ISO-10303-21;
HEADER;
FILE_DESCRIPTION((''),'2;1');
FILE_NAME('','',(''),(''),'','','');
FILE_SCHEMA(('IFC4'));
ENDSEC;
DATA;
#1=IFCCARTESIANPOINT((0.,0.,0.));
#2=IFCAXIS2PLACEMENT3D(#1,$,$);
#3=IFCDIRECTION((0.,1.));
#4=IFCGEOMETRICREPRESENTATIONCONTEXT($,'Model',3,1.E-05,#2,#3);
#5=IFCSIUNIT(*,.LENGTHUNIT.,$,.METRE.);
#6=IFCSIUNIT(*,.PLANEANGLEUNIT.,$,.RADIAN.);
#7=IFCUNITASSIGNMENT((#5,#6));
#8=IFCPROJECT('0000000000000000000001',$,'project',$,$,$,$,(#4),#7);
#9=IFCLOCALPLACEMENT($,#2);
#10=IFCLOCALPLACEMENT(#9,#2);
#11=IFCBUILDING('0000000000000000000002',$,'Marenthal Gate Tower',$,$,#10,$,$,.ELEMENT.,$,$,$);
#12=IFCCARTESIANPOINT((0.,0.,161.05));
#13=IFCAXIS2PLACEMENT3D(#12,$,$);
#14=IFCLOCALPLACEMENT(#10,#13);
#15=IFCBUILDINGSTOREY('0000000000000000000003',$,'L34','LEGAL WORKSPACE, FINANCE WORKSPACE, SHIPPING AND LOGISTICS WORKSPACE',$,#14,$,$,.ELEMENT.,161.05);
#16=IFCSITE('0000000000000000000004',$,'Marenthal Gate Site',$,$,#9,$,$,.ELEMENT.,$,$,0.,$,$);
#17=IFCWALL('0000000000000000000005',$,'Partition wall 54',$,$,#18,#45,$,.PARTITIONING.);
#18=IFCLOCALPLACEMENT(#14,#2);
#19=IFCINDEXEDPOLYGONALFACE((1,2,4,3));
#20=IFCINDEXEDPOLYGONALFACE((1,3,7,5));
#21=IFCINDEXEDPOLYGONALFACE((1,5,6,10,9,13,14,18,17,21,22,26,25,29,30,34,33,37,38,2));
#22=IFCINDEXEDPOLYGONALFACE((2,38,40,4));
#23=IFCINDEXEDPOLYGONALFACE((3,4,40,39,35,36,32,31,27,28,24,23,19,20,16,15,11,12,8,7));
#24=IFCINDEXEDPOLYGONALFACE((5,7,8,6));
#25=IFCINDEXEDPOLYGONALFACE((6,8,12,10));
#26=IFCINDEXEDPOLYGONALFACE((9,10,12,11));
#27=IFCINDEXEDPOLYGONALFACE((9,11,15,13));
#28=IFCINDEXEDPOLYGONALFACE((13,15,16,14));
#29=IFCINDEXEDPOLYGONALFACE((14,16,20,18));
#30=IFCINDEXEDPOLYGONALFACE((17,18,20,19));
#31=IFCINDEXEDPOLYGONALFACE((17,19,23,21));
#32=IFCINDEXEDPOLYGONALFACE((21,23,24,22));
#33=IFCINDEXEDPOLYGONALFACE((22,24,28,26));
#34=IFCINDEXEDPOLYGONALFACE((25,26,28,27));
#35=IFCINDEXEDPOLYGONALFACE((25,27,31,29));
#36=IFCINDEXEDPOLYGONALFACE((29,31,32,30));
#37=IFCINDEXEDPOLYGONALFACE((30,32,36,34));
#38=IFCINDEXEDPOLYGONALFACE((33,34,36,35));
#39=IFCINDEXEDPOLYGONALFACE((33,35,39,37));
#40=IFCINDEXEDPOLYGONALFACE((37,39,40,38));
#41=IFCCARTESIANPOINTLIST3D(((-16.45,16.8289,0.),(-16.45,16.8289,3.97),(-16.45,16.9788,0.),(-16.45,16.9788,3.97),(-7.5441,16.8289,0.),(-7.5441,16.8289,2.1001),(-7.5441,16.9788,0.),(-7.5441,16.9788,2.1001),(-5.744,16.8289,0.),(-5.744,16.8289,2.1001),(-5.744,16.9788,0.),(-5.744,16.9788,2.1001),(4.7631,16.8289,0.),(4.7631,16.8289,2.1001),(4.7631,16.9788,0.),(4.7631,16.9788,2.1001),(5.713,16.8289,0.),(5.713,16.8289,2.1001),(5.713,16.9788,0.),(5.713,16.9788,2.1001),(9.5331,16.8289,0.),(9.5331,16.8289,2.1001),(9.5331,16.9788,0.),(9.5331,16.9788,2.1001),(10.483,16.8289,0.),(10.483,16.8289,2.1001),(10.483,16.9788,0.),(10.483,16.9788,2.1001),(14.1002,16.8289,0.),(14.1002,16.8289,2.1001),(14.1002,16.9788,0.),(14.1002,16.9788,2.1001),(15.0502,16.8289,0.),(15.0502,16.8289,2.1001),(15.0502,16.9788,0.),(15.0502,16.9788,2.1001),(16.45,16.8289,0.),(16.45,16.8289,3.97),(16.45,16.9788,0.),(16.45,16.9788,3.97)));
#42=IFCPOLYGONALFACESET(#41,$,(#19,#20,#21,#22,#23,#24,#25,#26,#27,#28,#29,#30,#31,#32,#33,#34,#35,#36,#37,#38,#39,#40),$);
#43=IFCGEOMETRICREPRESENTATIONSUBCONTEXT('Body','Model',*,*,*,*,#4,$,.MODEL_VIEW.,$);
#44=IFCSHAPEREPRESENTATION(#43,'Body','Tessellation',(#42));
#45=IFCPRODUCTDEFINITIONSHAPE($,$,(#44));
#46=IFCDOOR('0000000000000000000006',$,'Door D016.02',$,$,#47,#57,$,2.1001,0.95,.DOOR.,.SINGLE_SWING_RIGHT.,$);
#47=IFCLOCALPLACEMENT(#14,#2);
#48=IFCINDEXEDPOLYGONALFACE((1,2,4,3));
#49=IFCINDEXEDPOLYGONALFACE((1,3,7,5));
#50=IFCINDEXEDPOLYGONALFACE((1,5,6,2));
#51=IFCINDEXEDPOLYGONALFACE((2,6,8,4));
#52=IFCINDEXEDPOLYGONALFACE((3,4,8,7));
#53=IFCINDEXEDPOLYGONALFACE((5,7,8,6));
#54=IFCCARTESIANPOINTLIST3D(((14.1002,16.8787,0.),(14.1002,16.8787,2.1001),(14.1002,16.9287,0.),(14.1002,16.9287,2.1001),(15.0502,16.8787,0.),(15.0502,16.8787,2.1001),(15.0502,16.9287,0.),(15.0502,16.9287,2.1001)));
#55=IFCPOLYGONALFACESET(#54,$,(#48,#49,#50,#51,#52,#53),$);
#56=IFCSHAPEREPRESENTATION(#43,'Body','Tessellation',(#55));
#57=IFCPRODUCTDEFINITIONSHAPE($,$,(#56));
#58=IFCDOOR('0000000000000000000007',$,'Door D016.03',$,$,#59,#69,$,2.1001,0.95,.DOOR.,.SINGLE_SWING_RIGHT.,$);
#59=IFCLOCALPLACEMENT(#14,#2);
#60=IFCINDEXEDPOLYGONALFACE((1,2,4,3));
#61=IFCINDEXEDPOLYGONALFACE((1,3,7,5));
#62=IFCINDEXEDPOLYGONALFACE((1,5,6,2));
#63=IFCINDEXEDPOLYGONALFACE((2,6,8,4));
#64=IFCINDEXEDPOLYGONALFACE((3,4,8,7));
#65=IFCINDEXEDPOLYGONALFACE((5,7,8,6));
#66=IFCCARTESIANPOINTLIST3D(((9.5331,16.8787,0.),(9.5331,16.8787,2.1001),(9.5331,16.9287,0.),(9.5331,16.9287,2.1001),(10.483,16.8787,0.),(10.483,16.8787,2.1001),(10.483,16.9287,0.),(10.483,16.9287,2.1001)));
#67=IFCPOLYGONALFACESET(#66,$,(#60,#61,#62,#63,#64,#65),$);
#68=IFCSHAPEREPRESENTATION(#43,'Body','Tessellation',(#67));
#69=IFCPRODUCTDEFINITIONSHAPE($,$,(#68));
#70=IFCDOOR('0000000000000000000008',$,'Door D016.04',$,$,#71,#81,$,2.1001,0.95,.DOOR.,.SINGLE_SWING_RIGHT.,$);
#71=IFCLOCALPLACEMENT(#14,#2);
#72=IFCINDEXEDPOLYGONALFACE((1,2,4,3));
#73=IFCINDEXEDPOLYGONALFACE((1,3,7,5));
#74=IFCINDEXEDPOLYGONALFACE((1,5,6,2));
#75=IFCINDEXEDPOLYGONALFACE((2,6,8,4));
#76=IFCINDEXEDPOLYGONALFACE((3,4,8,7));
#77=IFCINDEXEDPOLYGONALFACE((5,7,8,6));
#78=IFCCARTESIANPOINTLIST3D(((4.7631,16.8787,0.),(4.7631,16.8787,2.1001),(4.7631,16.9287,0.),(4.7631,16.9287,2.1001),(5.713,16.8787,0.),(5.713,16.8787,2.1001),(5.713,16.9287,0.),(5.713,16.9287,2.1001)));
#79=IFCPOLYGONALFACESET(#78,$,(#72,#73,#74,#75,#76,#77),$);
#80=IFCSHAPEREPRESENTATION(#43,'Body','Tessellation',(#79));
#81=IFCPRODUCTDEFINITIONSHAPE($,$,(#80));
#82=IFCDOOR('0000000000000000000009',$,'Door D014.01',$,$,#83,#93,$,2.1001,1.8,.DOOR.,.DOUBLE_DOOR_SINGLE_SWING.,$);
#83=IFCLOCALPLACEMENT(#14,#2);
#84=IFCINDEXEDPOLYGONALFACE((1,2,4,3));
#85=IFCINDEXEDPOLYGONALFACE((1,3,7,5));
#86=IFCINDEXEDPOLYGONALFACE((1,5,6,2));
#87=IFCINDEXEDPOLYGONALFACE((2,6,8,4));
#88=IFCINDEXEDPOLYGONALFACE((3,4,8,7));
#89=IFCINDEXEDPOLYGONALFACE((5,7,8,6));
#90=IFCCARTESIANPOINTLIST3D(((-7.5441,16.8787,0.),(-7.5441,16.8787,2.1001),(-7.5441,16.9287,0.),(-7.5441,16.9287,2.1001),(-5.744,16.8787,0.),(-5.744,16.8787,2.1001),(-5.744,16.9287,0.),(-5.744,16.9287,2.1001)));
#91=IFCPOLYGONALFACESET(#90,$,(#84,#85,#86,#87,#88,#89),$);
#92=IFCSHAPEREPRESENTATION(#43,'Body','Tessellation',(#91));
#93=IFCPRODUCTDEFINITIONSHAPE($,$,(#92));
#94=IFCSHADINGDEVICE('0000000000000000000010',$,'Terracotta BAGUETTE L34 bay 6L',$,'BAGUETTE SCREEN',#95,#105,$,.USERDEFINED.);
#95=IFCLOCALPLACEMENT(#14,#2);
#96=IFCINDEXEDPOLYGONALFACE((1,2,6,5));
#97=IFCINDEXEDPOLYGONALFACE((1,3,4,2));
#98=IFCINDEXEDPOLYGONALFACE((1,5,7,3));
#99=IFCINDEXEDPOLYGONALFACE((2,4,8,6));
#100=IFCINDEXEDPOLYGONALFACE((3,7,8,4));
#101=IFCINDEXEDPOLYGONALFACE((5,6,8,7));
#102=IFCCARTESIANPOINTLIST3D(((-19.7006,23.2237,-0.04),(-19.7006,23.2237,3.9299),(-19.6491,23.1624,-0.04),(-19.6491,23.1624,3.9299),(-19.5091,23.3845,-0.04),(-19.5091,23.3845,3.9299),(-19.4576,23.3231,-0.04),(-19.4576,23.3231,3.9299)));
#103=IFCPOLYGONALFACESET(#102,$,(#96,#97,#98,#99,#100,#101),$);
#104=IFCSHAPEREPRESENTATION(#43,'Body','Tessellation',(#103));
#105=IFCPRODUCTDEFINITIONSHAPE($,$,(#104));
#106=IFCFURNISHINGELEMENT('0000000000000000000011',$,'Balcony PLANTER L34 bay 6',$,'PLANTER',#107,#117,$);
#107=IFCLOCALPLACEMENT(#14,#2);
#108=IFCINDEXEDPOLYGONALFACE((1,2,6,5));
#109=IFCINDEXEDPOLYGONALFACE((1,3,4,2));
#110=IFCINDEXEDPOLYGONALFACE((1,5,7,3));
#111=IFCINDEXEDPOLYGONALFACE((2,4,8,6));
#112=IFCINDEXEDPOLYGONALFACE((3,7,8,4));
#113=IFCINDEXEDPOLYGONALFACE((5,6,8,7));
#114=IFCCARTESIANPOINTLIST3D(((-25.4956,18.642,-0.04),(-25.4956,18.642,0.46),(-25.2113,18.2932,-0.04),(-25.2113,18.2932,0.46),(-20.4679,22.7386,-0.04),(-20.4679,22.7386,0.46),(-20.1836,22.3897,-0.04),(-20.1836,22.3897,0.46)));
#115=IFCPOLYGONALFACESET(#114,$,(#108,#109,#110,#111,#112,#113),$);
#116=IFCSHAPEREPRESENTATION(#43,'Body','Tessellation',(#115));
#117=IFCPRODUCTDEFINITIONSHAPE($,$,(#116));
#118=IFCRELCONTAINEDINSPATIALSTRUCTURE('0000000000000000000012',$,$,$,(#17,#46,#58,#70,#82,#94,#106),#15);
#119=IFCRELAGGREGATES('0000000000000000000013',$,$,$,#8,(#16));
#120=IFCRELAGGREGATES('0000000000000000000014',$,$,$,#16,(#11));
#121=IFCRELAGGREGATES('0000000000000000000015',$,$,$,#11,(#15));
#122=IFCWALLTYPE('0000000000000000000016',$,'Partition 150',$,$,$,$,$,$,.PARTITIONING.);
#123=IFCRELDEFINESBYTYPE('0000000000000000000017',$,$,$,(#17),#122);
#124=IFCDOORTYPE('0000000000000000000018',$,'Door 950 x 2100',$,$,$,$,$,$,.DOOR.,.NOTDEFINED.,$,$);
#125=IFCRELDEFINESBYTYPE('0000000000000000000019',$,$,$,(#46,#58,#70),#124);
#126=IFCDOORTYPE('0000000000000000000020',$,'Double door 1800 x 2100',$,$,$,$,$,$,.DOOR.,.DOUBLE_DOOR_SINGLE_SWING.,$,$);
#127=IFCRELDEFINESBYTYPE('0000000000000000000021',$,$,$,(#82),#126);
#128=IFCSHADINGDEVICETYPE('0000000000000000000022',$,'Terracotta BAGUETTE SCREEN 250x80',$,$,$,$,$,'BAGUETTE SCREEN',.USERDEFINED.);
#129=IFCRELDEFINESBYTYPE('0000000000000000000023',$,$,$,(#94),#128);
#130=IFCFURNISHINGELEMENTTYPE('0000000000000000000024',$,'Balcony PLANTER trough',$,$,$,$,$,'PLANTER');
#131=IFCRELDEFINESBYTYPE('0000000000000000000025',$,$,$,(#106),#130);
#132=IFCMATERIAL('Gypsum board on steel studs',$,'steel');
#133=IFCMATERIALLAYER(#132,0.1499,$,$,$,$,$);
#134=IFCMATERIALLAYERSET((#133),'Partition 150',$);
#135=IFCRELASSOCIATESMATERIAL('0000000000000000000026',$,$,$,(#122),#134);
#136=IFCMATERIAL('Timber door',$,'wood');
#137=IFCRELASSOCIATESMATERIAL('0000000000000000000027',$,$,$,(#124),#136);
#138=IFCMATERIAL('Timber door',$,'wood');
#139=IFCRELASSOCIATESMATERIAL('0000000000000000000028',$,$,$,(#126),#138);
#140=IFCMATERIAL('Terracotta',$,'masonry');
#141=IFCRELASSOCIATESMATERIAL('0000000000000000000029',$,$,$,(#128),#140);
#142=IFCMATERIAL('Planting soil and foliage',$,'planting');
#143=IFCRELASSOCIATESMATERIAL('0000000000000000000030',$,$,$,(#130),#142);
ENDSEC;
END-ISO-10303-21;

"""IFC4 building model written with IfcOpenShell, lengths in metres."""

from ifc_helpers import new_model, si_unit, direction, frame, frame_2d, origin, origin_2d, place, context, subcontext, project, spatial, rectangle, extrude, material, layer, layer_set, material_profile, profile_set, type_object, element, fill, save


model = new_model("IFC4")

# Units and contexts
model_context = context("Model", 3, precision=1e-05, world=origin(), true_north=direction((0.0, 1.0)))
body_context = subcontext(model_context, "Body", "Model", "MODEL_VIEW")
ifc_project = project(units=[si_unit("LENGTHUNIT", "METRE"), si_unit("PLANEANGLEUNIT", "RADIAN")], contexts=[model_context])

# Site, building, storey
site_placement = place(None, origin())
site = spatial("IfcSite", under=ifc_project, at=site_placement, Name="Marenthal Gate Site", CompositionType="ELEMENT", RefElevation=0.0)
building_placement = place(site_placement, origin())
building = spatial("IfcBuilding", under=site, at=building_placement, Name="Marenthal Gate Tower", CompositionType="ELEMENT")
storey_placement = place(building_placement, frame((0.0, 0.0, 161.05)))
storey = spatial("IfcBuildingStorey", under=building, at=storey_placement, Name="L34", Description="LEGAL WORKSPACE, FINANCE WORKSPACE, SHIPPING AND LOGISTICS WORKSPACE", CompositionType="ELEMENT", Elevation=161.05)

# Shared definitions
ifc_material_1 = material(Name="Gypsum board on steel studs", Category="steel")
ifc_layer_1 = layer(ifc_material_1, 0.1499)
ifc_layer_set_1 = layer_set([ifc_layer_1], Name="Partition 150")
wall_type_1 = type_object("IfcWallType", Name="Partition 150", PredefinedType="PARTITIONING", material=ifc_layer_set_1)

# Wall, openings, doors
wall_1_placement = place(storey_placement, frame((-16.45, 16.9038, 0.0), z_axis=(0.0, 0.0, 1.0), x_axis=(1.0, 0.0, 0.0)))
wall_1 = element("IfcWall", 1, at=wall_1_placement, inside=storey, type_object=wall_type_1, Name="Partition wall 54", PredefinedType="PARTITIONING", context=body_context, shape_type="SweptSolid", body=[
    extrude(rectangle(XDim=32.8999, YDim=0.1499, at=frame_2d((16.45, 0.0))), origin(), (0.0, 0.0, 1.0), 3.97),
])
opening_1_placement = place(wall_1_placement, frame((30.55, 0.0, 0.0)))
opening_1 = element("IfcOpeningElement", 2, at=opening_1_placement, cuts=wall_1, PredefinedType="OPENING", context=body_context, shape_type="SweptSolid", body=[
    extrude(rectangle(XDim=0.95, YDim=2.1001, at=frame_2d((0.4751, 1.05))), frame((0.0, 0.085, 0.0), z_axis=(0.0, -1.0, 0.0), x_axis=(1.0, 0.0, 0.0)), (0.0, 0.0, 1.0), 0.1699),
])
opening_2_placement = place(wall_1_placement, frame((25.9829, 0.0, 0.0)))
opening_2 = element("IfcOpeningElement", 3, at=opening_2_placement, cuts=wall_1, PredefinedType="OPENING", context=body_context, shape_type="SweptSolid", body=[
    extrude(rectangle(XDim=0.95, YDim=2.1001, at=frame_2d((0.4751, 1.05))), frame((0.0, 0.085, 0.0), z_axis=(0.0, -1.0, 0.0), x_axis=(1.0, 0.0, 0.0)), (0.0, 0.0, 1.0), 0.1699),
])
opening_3_placement = place(wall_1_placement, frame((21.2129, 0.0, 0.0)))
opening_3 = element("IfcOpeningElement", 4, at=opening_3_placement, cuts=wall_1, PredefinedType="OPENING", context=body_context, shape_type="SweptSolid", body=[
    extrude(rectangle(XDim=0.95, YDim=2.1001, at=frame_2d((0.4751, 1.05))), frame((0.0, 0.085, 0.0), z_axis=(0.0, -1.0, 0.0), x_axis=(1.0, 0.0, 0.0)), (0.0, 0.0, 1.0), 0.1699),
])
opening_4_placement = place(wall_1_placement, frame((8.906, 0.0, 0.0)))
opening_4 = element("IfcOpeningElement", 5, at=opening_4_placement, cuts=wall_1, PredefinedType="OPENING", context=body_context, shape_type="SweptSolid", body=[
    extrude(rectangle(XDim=1.8, YDim=2.1001, at=frame_2d((0.8999, 1.05))), frame((0.0, 0.085, 0.0), z_axis=(0.0, -1.0, 0.0), x_axis=(1.0, 0.0, 0.0)), (0.0, 0.0, 1.0), 0.1699),
])
ifc_material_2 = material(Name="Timber door", Category="wood")
door_type_1 = type_object("IfcDoorType", Name="Door 950 x 2100", OperationType="NOTDEFINED", PredefinedType="DOOR", material=ifc_material_2)
door_1_placement = place(opening_1_placement, origin())
door_1 = element("IfcDoor", 6, at=door_1_placement, inside=storey, type_object=door_type_1, Name="Door D016.02", OperationType="SINGLE_SWING_RIGHT", OverallHeight=2.1001, OverallWidth=0.95, PredefinedType="DOOR", context=body_context, shape_type="SweptSolid", body=[
    extrude(rectangle(XDim=0.95, YDim=2.1001, at=frame_2d((0.4751, 1.05))), frame((0.0, 0.0249, 0.0), z_axis=(0.0, -1.0, 0.0), x_axis=(1.0, 0.0, 0.0)), (0.0, 0.0, 1.0), 0.05),
])
fill(opening_1, door_1)
door_2_placement = place(opening_2_placement, origin())
door_2 = element("IfcDoor", 7, at=door_2_placement, inside=storey, type_object=door_type_1, Name="Door D016.03", OperationType="SINGLE_SWING_RIGHT", OverallHeight=2.1001, OverallWidth=0.95, PredefinedType="DOOR", context=body_context, shape_type="SweptSolid", body=[
    extrude(rectangle(XDim=0.95, YDim=2.1001, at=frame_2d((0.4751, 1.05))), frame((0.0, 0.0249, 0.0), z_axis=(0.0, -1.0, 0.0), x_axis=(1.0, 0.0, 0.0)), (0.0, 0.0, 1.0), 0.05),
])
fill(opening_2, door_2)
door_3_placement = place(opening_3_placement, origin())
door_3 = element("IfcDoor", 8, at=door_3_placement, inside=storey, type_object=door_type_1, Name="Door D016.04", OperationType="SINGLE_SWING_RIGHT", OverallHeight=2.1001, OverallWidth=0.95, PredefinedType="DOOR", context=body_context, shape_type="SweptSolid", body=[
    extrude(rectangle(XDim=0.95, YDim=2.1001, at=frame_2d((0.4751, 1.05))), frame((0.0, 0.0249, 0.0), z_axis=(0.0, -1.0, 0.0), x_axis=(1.0, 0.0, 0.0)), (0.0, 0.0, 1.0), 0.05),
])
fill(opening_3, door_3)
ifc_material_3 = material(Name="Timber door", Category="wood")
door_type_2 = type_object("IfcDoorType", Name="Double door 1800 x 2100", OperationType="DOUBLE_DOOR_SINGLE_SWING", PredefinedType="DOOR", material=ifc_material_3)
door_4_placement = place(opening_4_placement, origin())
door_4 = element("IfcDoor", 9, at=door_4_placement, inside=storey, type_object=door_type_2, Name="Door D014.01", OperationType="DOUBLE_DOOR_SINGLE_SWING", OverallHeight=2.1001, OverallWidth=1.8, PredefinedType="DOOR", context=body_context, shape_type="SweptSolid", body=[
    extrude(rectangle(XDim=1.8, YDim=2.1001, at=frame_2d((0.8999, 1.05))), frame((0.0, 0.0249, 0.0), z_axis=(0.0, -1.0, 0.0), x_axis=(1.0, 0.0, 0.0)), (0.0, 0.0, 1.0), 0.05),
])
fill(opening_4, door_4)

# Shading device
ifc_material_4 = material(Name="Terracotta", Category="masonry")
ifc_material_profile_1 = material_profile(ifc_material_4, rectangle(XDim=0.25, YDim=0.0801, at=origin_2d()), Name="Terracotta baguette 250x80")
ifc_profile_set_1 = profile_set([ifc_material_profile_1], Name="Terracotta")
shading_device_type = type_object("IfcShadingDeviceType", Name="Terracotta BAGUETTE SCREEN 250x80", ElementType="BAGUETTE SCREEN", PredefinedType="USERDEFINED", material=ifc_profile_set_1)
shading_device_placement = place(storey_placement, frame((-19.5791, 23.2734, -0.04), z_axis=(0.0, 0.0, 1.0), x_axis=(-0.765921, -0.642935, 0.0)))
element("IfcShadingDevice", 10, at=shading_device_placement, inside=storey, type_object=shading_device_type, Name="Terracotta BAGUETTE L34 bay 6L", ObjectType="BAGUETTE SCREEN", PredefinedType="USERDEFINED", context=body_context, shape_type="SweptSolid", body=[
    extrude(rectangle(XDim=0.25, YDim=0.0801, at=origin_2d()), origin(), (0.0, 0.0, 1.0), 3.97),
])

# Furnishing element
ifc_material_5 = material(Name="Planting soil and foliage", Category="planting")
furnishing_element_type = type_object("IfcFurnishingElementType", Name="Balcony PLANTER trough", ElementType="PLANTER", material=ifc_material_5)
furnishing_placement = place(storey_placement, frame((-22.8396, 20.5159, -0.04), z_axis=(0.0, 0.0, 1.0), x_axis=(-0.77524, -0.631667, 0.0)))
element("IfcFurnishingElement", 11, at=furnishing_placement, inside=storey, type_object=furnishing_element_type, Name="Balcony PLANTER L34 bay 6", ObjectType="PLANTER", context=body_context, shape_type="SweptSolid", body=[
    extrude(rectangle(XDim=6.4854, YDim=0.45, at=origin_2d()), origin(), (0.0, 0.0, 1.0), 0.5),
])

save(model, "model.ifc")
